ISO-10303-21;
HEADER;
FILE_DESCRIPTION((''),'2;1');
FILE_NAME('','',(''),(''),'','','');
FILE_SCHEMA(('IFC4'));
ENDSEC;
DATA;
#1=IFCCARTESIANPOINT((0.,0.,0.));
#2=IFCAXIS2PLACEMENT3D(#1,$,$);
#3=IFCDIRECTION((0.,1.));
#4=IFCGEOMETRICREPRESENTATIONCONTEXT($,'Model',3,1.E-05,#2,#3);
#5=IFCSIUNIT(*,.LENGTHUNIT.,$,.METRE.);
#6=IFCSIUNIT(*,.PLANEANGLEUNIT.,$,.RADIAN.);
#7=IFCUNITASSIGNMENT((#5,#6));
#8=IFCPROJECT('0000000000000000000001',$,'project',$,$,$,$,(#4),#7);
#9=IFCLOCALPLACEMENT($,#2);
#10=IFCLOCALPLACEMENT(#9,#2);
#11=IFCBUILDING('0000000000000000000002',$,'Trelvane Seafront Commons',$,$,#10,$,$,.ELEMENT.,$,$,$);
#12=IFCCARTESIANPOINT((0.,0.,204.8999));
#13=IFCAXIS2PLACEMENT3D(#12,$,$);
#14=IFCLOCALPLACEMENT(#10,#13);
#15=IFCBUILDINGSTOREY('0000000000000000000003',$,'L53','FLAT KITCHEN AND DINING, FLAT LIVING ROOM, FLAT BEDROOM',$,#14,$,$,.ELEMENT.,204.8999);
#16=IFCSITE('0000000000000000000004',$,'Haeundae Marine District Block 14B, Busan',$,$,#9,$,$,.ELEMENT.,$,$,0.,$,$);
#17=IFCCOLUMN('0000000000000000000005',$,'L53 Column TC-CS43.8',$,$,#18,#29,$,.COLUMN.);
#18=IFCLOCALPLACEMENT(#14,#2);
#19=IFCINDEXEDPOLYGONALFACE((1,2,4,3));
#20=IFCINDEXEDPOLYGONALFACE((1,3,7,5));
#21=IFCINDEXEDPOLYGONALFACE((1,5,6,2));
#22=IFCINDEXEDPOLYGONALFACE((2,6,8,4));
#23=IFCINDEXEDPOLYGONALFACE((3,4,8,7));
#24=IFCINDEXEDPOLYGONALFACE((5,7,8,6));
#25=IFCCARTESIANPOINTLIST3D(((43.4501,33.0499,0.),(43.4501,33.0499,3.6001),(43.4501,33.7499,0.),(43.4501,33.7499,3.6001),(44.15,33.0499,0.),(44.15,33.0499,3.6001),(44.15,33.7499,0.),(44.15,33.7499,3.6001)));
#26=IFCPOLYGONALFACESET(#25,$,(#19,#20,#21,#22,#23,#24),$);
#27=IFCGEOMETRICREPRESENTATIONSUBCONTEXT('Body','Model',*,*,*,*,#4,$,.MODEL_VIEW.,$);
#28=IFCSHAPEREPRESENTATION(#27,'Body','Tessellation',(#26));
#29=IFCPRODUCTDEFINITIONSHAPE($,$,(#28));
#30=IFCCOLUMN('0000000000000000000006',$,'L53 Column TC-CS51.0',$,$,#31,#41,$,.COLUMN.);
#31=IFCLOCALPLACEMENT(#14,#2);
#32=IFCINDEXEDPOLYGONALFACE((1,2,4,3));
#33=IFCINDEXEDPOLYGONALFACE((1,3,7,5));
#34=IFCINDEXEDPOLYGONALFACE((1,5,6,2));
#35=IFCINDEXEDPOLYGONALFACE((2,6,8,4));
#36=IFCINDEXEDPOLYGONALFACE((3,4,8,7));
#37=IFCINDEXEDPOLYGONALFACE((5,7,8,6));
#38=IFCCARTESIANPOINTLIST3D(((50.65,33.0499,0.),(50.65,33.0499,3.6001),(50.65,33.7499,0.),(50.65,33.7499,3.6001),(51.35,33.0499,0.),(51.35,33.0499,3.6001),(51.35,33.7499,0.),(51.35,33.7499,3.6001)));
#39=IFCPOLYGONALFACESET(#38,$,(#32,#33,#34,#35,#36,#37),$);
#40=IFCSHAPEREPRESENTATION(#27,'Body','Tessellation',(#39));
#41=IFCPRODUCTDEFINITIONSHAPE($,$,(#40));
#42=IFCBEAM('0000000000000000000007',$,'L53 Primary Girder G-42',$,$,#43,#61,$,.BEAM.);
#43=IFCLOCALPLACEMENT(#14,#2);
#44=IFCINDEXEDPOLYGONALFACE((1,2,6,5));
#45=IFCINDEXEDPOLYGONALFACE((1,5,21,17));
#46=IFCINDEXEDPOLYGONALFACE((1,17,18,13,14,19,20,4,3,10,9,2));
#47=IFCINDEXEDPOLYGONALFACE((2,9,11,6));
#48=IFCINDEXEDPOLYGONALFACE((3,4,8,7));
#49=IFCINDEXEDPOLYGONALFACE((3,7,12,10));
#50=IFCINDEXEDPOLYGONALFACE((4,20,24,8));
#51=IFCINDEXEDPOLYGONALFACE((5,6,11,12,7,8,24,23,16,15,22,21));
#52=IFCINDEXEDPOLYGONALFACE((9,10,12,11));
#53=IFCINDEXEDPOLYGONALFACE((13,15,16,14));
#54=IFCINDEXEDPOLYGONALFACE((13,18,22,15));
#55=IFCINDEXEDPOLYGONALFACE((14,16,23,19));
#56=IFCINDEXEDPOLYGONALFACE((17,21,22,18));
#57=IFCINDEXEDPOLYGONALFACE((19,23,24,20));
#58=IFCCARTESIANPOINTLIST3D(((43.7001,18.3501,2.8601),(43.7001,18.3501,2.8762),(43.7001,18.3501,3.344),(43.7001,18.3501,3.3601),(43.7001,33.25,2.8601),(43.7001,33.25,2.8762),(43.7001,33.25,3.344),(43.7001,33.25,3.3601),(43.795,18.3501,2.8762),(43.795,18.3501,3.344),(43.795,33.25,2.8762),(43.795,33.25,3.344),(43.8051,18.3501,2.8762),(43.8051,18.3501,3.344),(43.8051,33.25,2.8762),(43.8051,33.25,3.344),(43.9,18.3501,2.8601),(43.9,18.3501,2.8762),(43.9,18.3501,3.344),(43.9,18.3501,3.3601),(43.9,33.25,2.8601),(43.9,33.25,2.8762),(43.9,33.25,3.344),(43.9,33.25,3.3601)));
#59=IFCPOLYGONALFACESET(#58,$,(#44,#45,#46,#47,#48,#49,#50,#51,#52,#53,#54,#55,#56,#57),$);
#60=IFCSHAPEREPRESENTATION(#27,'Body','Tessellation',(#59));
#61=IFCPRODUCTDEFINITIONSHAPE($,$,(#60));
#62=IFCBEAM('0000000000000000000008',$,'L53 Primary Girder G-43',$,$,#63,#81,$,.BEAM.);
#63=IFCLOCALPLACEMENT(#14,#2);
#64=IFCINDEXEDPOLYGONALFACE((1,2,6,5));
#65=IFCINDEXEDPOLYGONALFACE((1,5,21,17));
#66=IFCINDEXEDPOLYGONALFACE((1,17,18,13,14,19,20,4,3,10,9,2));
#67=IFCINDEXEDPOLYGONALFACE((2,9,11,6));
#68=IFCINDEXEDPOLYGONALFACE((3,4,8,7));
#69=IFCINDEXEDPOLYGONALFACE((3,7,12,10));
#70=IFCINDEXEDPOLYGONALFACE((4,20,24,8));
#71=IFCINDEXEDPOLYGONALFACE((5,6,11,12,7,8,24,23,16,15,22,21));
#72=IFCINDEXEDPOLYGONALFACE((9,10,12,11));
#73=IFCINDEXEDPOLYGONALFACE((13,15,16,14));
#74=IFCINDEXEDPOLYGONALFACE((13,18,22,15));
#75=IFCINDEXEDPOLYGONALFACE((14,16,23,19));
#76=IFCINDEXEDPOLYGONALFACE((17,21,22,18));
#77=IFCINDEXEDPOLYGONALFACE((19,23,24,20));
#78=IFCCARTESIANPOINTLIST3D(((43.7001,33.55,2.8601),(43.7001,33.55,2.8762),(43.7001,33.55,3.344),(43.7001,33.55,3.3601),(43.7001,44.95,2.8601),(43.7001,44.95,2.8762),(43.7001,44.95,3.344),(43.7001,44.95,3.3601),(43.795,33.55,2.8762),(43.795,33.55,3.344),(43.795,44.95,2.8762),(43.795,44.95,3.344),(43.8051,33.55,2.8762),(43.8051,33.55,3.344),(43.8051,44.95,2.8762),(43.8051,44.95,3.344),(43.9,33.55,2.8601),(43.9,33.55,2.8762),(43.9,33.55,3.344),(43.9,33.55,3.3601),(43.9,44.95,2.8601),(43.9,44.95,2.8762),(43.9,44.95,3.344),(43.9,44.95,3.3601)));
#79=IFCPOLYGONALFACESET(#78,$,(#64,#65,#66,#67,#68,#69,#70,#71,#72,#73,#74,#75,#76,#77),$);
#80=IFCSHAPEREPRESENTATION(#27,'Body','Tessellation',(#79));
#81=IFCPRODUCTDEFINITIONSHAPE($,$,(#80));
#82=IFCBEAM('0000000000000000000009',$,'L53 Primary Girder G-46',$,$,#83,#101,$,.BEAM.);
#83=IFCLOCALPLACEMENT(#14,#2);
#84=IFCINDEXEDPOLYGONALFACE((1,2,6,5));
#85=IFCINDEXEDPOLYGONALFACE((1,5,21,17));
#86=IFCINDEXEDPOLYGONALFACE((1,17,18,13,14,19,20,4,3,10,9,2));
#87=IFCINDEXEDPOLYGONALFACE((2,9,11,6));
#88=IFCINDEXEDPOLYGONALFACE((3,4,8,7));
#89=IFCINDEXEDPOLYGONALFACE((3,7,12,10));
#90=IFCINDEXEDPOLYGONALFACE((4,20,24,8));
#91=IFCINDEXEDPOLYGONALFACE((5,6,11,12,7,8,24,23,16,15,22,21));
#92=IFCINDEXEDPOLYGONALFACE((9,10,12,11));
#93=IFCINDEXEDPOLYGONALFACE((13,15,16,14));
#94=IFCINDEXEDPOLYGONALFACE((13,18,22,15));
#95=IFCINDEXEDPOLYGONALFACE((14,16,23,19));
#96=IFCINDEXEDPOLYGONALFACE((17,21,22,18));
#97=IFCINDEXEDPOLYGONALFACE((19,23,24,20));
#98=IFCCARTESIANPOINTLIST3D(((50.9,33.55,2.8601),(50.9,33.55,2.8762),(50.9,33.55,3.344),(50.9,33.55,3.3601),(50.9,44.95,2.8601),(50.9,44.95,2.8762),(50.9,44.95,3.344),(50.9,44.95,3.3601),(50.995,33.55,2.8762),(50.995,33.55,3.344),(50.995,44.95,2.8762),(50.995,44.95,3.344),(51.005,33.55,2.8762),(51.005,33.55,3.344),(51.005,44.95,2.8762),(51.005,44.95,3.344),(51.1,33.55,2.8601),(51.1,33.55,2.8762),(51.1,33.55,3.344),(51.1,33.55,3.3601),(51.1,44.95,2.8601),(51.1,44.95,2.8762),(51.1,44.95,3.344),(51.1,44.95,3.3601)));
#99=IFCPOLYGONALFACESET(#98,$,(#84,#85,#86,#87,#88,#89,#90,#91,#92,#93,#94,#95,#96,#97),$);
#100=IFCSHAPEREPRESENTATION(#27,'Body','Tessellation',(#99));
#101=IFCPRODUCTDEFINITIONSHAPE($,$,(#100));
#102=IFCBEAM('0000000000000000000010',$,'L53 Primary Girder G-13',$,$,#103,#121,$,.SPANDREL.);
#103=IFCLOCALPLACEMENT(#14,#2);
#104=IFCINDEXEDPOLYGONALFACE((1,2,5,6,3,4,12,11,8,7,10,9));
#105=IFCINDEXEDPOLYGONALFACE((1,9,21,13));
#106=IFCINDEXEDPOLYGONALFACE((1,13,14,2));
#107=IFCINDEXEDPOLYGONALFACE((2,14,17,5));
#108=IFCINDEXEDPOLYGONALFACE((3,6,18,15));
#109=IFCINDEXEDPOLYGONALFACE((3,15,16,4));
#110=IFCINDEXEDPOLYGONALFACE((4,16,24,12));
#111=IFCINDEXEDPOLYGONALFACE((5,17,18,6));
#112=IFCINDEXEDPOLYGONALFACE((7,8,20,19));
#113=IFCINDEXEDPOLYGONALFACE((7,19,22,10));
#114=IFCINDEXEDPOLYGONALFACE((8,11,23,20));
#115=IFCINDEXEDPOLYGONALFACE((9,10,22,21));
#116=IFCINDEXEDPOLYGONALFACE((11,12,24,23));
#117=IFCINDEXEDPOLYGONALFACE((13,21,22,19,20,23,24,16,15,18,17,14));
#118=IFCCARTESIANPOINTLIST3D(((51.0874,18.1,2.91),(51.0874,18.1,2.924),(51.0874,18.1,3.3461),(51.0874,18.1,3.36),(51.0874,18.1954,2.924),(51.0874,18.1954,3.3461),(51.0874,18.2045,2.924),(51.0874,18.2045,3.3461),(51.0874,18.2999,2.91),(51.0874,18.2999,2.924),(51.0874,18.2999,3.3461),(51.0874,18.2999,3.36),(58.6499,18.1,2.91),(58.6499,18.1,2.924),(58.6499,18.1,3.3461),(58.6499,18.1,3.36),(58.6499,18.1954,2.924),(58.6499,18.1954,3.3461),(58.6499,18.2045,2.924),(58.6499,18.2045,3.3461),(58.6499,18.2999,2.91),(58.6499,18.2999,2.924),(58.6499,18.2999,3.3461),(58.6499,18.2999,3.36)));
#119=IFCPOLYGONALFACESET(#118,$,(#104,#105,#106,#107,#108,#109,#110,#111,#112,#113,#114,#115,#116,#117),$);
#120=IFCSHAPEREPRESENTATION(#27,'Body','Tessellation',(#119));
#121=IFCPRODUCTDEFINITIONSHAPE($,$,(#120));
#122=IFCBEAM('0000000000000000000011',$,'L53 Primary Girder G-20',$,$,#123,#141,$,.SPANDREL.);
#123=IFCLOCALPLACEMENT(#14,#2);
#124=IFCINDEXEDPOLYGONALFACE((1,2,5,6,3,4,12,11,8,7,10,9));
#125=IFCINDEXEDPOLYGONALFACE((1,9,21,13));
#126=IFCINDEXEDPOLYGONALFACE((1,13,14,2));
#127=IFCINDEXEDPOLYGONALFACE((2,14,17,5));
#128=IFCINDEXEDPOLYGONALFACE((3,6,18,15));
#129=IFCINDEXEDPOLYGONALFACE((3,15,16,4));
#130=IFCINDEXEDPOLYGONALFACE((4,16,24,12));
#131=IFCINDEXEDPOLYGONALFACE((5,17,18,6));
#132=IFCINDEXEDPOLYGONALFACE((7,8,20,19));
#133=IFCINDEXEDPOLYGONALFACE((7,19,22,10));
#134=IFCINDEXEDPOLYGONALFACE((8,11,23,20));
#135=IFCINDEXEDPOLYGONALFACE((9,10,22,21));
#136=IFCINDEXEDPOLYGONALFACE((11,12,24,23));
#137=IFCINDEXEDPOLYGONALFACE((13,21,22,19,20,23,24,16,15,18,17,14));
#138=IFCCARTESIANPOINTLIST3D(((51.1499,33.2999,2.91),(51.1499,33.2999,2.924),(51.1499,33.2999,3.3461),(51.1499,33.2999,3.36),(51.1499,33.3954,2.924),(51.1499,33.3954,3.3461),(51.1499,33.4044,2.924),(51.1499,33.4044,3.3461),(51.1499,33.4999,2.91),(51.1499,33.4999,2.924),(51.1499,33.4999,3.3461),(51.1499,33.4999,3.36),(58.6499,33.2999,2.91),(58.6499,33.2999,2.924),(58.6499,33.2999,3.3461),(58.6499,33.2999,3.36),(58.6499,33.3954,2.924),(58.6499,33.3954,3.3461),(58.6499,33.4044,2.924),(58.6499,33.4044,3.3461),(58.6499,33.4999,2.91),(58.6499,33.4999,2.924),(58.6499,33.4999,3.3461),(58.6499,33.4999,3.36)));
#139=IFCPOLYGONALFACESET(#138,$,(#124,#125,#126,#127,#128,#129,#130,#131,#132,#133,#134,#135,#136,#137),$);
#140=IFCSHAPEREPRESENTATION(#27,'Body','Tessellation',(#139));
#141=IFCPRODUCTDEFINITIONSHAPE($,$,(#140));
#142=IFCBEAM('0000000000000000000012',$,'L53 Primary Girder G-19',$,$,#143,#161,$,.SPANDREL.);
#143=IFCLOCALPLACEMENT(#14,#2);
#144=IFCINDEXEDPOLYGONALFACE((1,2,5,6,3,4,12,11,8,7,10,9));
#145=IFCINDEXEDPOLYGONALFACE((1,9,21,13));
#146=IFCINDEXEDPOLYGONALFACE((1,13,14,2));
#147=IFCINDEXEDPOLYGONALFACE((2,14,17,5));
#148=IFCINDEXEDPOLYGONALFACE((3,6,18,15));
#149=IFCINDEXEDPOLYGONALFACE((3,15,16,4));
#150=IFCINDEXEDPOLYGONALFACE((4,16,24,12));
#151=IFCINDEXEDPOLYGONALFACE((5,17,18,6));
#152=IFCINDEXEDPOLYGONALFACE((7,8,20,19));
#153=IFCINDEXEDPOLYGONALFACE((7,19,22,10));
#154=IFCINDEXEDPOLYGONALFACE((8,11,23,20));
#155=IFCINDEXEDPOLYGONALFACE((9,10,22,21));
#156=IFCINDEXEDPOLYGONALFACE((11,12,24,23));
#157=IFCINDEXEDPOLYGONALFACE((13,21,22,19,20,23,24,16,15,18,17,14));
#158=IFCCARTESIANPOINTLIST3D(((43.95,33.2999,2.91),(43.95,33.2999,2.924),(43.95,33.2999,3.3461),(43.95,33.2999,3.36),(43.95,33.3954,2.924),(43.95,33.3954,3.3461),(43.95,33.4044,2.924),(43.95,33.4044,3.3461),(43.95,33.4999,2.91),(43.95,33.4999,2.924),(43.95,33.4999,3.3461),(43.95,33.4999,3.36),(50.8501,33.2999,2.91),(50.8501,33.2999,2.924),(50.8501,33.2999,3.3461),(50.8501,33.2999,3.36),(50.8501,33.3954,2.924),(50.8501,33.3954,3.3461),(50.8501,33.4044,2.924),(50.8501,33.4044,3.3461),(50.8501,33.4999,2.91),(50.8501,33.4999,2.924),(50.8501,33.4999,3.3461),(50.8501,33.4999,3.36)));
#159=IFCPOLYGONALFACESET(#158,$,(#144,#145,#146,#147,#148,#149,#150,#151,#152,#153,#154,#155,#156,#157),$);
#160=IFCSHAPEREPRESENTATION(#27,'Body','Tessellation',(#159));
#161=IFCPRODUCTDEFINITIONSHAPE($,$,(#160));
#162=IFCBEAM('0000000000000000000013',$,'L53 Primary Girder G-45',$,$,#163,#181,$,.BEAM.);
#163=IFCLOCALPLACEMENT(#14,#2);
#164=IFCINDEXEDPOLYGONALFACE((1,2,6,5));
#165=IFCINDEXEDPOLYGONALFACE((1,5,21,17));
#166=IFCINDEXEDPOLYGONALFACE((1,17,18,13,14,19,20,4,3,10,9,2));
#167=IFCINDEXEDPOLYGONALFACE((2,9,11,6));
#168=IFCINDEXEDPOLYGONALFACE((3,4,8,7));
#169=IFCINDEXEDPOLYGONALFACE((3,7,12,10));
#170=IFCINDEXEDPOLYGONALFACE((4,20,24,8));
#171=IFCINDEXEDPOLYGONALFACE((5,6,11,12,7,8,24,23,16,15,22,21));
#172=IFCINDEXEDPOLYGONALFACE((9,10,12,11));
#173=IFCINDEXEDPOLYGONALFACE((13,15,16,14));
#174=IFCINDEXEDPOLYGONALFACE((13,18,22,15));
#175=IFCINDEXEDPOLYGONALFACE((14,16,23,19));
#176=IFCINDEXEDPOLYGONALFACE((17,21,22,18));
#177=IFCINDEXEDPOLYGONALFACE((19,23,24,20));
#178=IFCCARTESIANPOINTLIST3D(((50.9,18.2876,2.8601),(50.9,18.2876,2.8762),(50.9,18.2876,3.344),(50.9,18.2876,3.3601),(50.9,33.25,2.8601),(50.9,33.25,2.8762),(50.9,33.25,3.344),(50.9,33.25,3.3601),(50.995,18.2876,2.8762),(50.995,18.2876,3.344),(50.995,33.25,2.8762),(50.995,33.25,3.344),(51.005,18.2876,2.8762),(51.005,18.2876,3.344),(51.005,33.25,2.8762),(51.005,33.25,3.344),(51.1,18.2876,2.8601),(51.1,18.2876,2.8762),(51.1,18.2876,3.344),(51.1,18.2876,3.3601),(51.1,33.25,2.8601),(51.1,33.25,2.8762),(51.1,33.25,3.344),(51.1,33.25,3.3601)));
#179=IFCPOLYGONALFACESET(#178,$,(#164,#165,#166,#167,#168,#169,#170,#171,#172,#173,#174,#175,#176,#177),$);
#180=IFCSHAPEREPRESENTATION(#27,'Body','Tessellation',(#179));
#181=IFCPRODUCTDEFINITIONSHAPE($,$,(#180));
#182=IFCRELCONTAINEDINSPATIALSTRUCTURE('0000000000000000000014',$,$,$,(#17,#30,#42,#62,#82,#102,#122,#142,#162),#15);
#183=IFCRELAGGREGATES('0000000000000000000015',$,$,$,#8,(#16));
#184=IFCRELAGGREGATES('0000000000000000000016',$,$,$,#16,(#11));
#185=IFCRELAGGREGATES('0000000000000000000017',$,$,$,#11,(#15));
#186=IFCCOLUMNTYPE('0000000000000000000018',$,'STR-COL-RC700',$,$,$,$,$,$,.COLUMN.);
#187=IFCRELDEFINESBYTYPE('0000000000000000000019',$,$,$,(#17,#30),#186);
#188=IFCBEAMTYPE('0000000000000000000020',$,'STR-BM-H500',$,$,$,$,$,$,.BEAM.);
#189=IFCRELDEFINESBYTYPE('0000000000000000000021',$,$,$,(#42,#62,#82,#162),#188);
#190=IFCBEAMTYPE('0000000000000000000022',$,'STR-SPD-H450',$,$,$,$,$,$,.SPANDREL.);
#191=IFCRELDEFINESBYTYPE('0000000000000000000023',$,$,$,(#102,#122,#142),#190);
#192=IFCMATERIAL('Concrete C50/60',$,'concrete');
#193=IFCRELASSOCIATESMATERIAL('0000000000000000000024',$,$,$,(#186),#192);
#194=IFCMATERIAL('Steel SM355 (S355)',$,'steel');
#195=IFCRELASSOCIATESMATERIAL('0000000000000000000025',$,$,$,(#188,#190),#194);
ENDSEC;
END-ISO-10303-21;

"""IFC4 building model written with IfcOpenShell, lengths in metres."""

from ifc_helpers import new_model, si_unit, direction, frame, origin, origin_2d, place, context, subcontext, project, spatial, rectangle, i_section, extrude, source, transform, mapped, material, material_profile, profile_set, type_object, element, save


model = new_model("IFC4")

# Units and contexts
model_context = context("Model", 3, precision=1e-05, world=origin(), true_north=direction((0.0, 1.0)))
body_context = subcontext(model_context, "Body", "Model", "MODEL_VIEW")
ifc_project = project(units=[si_unit("LENGTHUNIT", "METRE"), si_unit("PLANEANGLEUNIT", "RADIAN")], contexts=[model_context])

# Site, building, storey
site_placement = place(None, origin())
site = spatial("IfcSite", under=ifc_project, at=site_placement, Name="Haeundae Marine District Block 14B, Busan", CompositionType="ELEMENT", RefElevation=0.0)
building_placement = place(site_placement, origin())
building = spatial("IfcBuilding", under=site, at=building_placement, Name="Trelvane Seafront Commons", CompositionType="ELEMENT")
storey_placement = place(building_placement, frame((0.0, 0.0, 204.8999)))
storey = spatial("IfcBuildingStorey", under=building, at=storey_placement, Name="L53", Description="FLAT KITCHEN AND DINING, FLAT LIVING ROOM, FLAT BEDROOM", CompositionType="ELEMENT", Elevation=204.8999)

# Columns
ifc_material_1 = material(Name="Concrete C50/60", Category="concrete")
ifc_material_profile_1 = material_profile(ifc_material_1, rectangle(XDim=0.7, YDim=0.7, at=origin_2d()), Name="RC-700x700")
ifc_profile_set_1 = profile_set([ifc_material_profile_1], Name="Concrete C50/60")
column_type = type_object("IfcColumnType", Name="STR-COL-RC700", PredefinedType="COLUMN", material=ifc_profile_set_1)
shared_shape_1 = source(origin(), body_context, "Body", "SweptSolid", [
    extrude(rectangle(XDim=0.7, YDim=0.7, at=origin_2d()), origin(), (0.0, 0.0, 1.0), 3.6001),
])
for number, where, z_axis, x_axis, name in (
    (1, (43.8, 33.3999, 0.0), (0.0, 0.0, 1.0), (1.0, 0.0, 0.0), "L53 Column TC-CS43.8"),
    (2, (51.0, 33.3999, 0.0), (0.0, 0.0, 1.0), (1.0, 0.0, 0.0), "L53 Column TC-CS51.0"),
):
    element("IfcColumn", number, at=place(storey_placement, frame(where, z_axis=z_axis, x_axis=x_axis)), inside=storey, type_object=column_type, Name=name, PredefinedType="COLUMN", context=body_context, shape_type="MappedRepresentation", body=[
        mapped(shared_shape_1, transform((0.0, 0.0, 0.0), x_axis=(1.0, 0.0, 0.0), y_axis=(0.0, 1.0, 0.0), z_axis=(0.0, 0.0, 1.0), scale=1.0)),
    ])

# Beams
ifc_material_2 = material(Name="Steel SM355 (S355)", Category="steel")
ifc_material_profile_2 = material_profile(ifc_material_2, i_section(OverallWidth=0.2, OverallDepth=0.5, WebThickness=0.01, FlangeThickness=0.0161, at=origin_2d()), Name="H-500x200x10x16")
ifc_profile_set_2 = profile_set([ifc_material_profile_2], Name="Steel SM355 (S355)")
beam_type_1 = type_object("IfcBeamType", Name="STR-BM-H500", PredefinedType="BEAM", material=ifc_profile_set_2)
shared_shape_2 = source(origin(), body_context, "Body", "SweptSolid", [
    extrude(i_section(OverallWidth=0.2, OverallDepth=0.5, WebThickness=0.01, FlangeThickness=0.0161, at=origin_2d()), origin(), (0.0, 0.0, 1.0), 14.8999),
])
beam_1_placement = place(storey_placement, frame((43.8, 18.3501, 3.1101), z_axis=(0.0, 1.0, 0.0), x_axis=(-1.0, 0.0, 0.0)))
element("IfcBeam", 3, at=beam_1_placement, inside=storey, type_object=beam_type_1, Name="L53 Primary Girder G-42", PredefinedType="BEAM", context=body_context, shape_type="MappedRepresentation", body=[
    mapped(shared_shape_2, transform((0.0, 0.0, 0.0), x_axis=(1.0, 0.0, 0.0), y_axis=(0.0, 1.0, 0.0), z_axis=(0.0, 0.0, 1.0), scale=1.0)),
])
shared_shape_3 = source(origin(), body_context, "Body", "SweptSolid", [
    extrude(i_section(OverallWidth=0.2, OverallDepth=0.5, WebThickness=0.01, FlangeThickness=0.0161, at=origin_2d()), origin(), (0.0, 0.0, 1.0), 11.3999),
])
for number, where, z_axis, x_axis, name in (
    (4, (43.8, 33.55, 3.1101), (0.0, 1.0, 0.0), (-1.0, 0.0, 0.0), "L53 Primary Girder G-43"),
    (5, (51.0, 33.55, 3.1101), (0.0, 1.0, 0.0), (-1.0, 0.0, 0.0), "L53 Primary Girder G-46"),
):
    element("IfcBeam", number, at=place(storey_placement, frame(where, z_axis=z_axis, x_axis=x_axis)), inside=storey, type_object=beam_type_1, Name=name, PredefinedType="BEAM", context=body_context, shape_type="MappedRepresentation", body=[
        mapped(shared_shape_3, transform((0.0, 0.0, 0.0), x_axis=(1.0, 0.0, 0.0), y_axis=(0.0, 1.0, 0.0), z_axis=(0.0, 0.0, 1.0), scale=1.0)),
    ])
ifc_material_profile_3 = material_profile(ifc_material_2, i_section(OverallWidth=0.2, OverallDepth=0.45, WebThickness=0.009, FlangeThickness=0.0139, at=origin_2d()), Name="H-450x200x9x14")
ifc_profile_set_3 = profile_set([ifc_material_profile_3], Name="Steel SM355 (S355)")
beam_type_2 = type_object("IfcBeamType", Name="STR-SPD-H450", PredefinedType="SPANDREL", material=ifc_profile_set_3)
shared_shape_4 = source(origin(), body_context, "Body", "SweptSolid", [
    extrude(i_section(OverallWidth=0.2, OverallDepth=0.45, WebThickness=0.009, FlangeThickness=0.0139, at=origin_2d()), origin(), (0.0, 0.0, 1.0), 7.5625),
])
beam_2_placement = place(storey_placement, frame((51.0874, 18.2, 3.135), z_axis=(1.0, 0.0, 0.0), x_axis=(0.0, 1.0, 0.0)))
element("IfcBeam", 6, at=beam_2_placement, inside=storey, type_object=beam_type_2, Name="L53 Primary Girder G-13", PredefinedType="SPANDREL", context=body_context, shape_type="MappedRepresentation", body=[
    mapped(shared_shape_4, transform((0.0, 0.0, 0.0), x_axis=(1.0, 0.0, 0.0), y_axis=(0.0, 1.0, 0.0), z_axis=(0.0, 0.0, 1.0), scale=1.0)),
])
shared_shape_5 = source(origin(), body_context, "Body", "SweptSolid", [
    extrude(i_section(OverallWidth=0.2, OverallDepth=0.45, WebThickness=0.009, FlangeThickness=0.0139, at=origin_2d()), origin(), (0.0, 0.0, 1.0), 7.5),
])
beam_3_placement = place(storey_placement, frame((51.1499, 33.3999, 3.135), z_axis=(1.0, 0.0, 0.0), x_axis=(0.0, 1.0, 0.0)))
element("IfcBeam", 7, at=beam_3_placement, inside=storey, type_object=beam_type_2, Name="L53 Primary Girder G-20", PredefinedType="SPANDREL", context=body_context, shape_type="MappedRepresentation", body=[
    mapped(shared_shape_5, transform((0.0, 0.0, 0.0), x_axis=(1.0, 0.0, 0.0), y_axis=(0.0, 1.0, 0.0), z_axis=(0.0, 0.0, 1.0), scale=1.0)),
])
shared_shape_6 = source(origin(), body_context, "Body", "SweptSolid", [
    extrude(i_section(OverallWidth=0.2, OverallDepth=0.45, WebThickness=0.009, FlangeThickness=0.0139, at=origin_2d()), origin(), (0.0, 0.0, 1.0), 6.9001),
])
beam_4_placement = place(storey_placement, frame((43.95, 33.3999, 3.135), z_axis=(1.0, 0.0, 0.0), x_axis=(0.0, 1.0, 0.0)))
element("IfcBeam", 8, at=beam_4_placement, inside=storey, type_object=beam_type_2, Name="L53 Primary Girder G-19", PredefinedType="SPANDREL", context=body_context, shape_type="MappedRepresentation", body=[
    mapped(shared_shape_6, transform((0.0, 0.0, 0.0), x_axis=(1.0, 0.0, 0.0), y_axis=(0.0, 1.0, 0.0), z_axis=(0.0, 0.0, 1.0), scale=1.0)),
])
shared_shape_7 = source(origin(), body_context, "Body", "SweptSolid", [
    extrude(i_section(OverallWidth=0.2, OverallDepth=0.5, WebThickness=0.01, FlangeThickness=0.0161, at=origin_2d()), origin(), (0.0, 0.0, 1.0), 14.9624),
])
beam_5_placement = place(storey_placement, frame((51.0, 18.2876, 3.1101), z_axis=(0.0, 1.0, 0.0), x_axis=(-1.0, 0.0, 0.0)))
element("IfcBeam", 9, at=beam_5_placement, inside=storey, type_object=beam_type_1, Name="L53 Primary Girder G-45", PredefinedType="BEAM", context=body_context, shape_type="MappedRepresentation", body=[
    mapped(shared_shape_7, transform((0.0, 0.0, 0.0), x_axis=(1.0, 0.0, 0.0), y_axis=(0.0, 1.0, 0.0), z_axis=(0.0, 0.0, 1.0), scale=1.0)),
])

save(model, "model.ifc")
